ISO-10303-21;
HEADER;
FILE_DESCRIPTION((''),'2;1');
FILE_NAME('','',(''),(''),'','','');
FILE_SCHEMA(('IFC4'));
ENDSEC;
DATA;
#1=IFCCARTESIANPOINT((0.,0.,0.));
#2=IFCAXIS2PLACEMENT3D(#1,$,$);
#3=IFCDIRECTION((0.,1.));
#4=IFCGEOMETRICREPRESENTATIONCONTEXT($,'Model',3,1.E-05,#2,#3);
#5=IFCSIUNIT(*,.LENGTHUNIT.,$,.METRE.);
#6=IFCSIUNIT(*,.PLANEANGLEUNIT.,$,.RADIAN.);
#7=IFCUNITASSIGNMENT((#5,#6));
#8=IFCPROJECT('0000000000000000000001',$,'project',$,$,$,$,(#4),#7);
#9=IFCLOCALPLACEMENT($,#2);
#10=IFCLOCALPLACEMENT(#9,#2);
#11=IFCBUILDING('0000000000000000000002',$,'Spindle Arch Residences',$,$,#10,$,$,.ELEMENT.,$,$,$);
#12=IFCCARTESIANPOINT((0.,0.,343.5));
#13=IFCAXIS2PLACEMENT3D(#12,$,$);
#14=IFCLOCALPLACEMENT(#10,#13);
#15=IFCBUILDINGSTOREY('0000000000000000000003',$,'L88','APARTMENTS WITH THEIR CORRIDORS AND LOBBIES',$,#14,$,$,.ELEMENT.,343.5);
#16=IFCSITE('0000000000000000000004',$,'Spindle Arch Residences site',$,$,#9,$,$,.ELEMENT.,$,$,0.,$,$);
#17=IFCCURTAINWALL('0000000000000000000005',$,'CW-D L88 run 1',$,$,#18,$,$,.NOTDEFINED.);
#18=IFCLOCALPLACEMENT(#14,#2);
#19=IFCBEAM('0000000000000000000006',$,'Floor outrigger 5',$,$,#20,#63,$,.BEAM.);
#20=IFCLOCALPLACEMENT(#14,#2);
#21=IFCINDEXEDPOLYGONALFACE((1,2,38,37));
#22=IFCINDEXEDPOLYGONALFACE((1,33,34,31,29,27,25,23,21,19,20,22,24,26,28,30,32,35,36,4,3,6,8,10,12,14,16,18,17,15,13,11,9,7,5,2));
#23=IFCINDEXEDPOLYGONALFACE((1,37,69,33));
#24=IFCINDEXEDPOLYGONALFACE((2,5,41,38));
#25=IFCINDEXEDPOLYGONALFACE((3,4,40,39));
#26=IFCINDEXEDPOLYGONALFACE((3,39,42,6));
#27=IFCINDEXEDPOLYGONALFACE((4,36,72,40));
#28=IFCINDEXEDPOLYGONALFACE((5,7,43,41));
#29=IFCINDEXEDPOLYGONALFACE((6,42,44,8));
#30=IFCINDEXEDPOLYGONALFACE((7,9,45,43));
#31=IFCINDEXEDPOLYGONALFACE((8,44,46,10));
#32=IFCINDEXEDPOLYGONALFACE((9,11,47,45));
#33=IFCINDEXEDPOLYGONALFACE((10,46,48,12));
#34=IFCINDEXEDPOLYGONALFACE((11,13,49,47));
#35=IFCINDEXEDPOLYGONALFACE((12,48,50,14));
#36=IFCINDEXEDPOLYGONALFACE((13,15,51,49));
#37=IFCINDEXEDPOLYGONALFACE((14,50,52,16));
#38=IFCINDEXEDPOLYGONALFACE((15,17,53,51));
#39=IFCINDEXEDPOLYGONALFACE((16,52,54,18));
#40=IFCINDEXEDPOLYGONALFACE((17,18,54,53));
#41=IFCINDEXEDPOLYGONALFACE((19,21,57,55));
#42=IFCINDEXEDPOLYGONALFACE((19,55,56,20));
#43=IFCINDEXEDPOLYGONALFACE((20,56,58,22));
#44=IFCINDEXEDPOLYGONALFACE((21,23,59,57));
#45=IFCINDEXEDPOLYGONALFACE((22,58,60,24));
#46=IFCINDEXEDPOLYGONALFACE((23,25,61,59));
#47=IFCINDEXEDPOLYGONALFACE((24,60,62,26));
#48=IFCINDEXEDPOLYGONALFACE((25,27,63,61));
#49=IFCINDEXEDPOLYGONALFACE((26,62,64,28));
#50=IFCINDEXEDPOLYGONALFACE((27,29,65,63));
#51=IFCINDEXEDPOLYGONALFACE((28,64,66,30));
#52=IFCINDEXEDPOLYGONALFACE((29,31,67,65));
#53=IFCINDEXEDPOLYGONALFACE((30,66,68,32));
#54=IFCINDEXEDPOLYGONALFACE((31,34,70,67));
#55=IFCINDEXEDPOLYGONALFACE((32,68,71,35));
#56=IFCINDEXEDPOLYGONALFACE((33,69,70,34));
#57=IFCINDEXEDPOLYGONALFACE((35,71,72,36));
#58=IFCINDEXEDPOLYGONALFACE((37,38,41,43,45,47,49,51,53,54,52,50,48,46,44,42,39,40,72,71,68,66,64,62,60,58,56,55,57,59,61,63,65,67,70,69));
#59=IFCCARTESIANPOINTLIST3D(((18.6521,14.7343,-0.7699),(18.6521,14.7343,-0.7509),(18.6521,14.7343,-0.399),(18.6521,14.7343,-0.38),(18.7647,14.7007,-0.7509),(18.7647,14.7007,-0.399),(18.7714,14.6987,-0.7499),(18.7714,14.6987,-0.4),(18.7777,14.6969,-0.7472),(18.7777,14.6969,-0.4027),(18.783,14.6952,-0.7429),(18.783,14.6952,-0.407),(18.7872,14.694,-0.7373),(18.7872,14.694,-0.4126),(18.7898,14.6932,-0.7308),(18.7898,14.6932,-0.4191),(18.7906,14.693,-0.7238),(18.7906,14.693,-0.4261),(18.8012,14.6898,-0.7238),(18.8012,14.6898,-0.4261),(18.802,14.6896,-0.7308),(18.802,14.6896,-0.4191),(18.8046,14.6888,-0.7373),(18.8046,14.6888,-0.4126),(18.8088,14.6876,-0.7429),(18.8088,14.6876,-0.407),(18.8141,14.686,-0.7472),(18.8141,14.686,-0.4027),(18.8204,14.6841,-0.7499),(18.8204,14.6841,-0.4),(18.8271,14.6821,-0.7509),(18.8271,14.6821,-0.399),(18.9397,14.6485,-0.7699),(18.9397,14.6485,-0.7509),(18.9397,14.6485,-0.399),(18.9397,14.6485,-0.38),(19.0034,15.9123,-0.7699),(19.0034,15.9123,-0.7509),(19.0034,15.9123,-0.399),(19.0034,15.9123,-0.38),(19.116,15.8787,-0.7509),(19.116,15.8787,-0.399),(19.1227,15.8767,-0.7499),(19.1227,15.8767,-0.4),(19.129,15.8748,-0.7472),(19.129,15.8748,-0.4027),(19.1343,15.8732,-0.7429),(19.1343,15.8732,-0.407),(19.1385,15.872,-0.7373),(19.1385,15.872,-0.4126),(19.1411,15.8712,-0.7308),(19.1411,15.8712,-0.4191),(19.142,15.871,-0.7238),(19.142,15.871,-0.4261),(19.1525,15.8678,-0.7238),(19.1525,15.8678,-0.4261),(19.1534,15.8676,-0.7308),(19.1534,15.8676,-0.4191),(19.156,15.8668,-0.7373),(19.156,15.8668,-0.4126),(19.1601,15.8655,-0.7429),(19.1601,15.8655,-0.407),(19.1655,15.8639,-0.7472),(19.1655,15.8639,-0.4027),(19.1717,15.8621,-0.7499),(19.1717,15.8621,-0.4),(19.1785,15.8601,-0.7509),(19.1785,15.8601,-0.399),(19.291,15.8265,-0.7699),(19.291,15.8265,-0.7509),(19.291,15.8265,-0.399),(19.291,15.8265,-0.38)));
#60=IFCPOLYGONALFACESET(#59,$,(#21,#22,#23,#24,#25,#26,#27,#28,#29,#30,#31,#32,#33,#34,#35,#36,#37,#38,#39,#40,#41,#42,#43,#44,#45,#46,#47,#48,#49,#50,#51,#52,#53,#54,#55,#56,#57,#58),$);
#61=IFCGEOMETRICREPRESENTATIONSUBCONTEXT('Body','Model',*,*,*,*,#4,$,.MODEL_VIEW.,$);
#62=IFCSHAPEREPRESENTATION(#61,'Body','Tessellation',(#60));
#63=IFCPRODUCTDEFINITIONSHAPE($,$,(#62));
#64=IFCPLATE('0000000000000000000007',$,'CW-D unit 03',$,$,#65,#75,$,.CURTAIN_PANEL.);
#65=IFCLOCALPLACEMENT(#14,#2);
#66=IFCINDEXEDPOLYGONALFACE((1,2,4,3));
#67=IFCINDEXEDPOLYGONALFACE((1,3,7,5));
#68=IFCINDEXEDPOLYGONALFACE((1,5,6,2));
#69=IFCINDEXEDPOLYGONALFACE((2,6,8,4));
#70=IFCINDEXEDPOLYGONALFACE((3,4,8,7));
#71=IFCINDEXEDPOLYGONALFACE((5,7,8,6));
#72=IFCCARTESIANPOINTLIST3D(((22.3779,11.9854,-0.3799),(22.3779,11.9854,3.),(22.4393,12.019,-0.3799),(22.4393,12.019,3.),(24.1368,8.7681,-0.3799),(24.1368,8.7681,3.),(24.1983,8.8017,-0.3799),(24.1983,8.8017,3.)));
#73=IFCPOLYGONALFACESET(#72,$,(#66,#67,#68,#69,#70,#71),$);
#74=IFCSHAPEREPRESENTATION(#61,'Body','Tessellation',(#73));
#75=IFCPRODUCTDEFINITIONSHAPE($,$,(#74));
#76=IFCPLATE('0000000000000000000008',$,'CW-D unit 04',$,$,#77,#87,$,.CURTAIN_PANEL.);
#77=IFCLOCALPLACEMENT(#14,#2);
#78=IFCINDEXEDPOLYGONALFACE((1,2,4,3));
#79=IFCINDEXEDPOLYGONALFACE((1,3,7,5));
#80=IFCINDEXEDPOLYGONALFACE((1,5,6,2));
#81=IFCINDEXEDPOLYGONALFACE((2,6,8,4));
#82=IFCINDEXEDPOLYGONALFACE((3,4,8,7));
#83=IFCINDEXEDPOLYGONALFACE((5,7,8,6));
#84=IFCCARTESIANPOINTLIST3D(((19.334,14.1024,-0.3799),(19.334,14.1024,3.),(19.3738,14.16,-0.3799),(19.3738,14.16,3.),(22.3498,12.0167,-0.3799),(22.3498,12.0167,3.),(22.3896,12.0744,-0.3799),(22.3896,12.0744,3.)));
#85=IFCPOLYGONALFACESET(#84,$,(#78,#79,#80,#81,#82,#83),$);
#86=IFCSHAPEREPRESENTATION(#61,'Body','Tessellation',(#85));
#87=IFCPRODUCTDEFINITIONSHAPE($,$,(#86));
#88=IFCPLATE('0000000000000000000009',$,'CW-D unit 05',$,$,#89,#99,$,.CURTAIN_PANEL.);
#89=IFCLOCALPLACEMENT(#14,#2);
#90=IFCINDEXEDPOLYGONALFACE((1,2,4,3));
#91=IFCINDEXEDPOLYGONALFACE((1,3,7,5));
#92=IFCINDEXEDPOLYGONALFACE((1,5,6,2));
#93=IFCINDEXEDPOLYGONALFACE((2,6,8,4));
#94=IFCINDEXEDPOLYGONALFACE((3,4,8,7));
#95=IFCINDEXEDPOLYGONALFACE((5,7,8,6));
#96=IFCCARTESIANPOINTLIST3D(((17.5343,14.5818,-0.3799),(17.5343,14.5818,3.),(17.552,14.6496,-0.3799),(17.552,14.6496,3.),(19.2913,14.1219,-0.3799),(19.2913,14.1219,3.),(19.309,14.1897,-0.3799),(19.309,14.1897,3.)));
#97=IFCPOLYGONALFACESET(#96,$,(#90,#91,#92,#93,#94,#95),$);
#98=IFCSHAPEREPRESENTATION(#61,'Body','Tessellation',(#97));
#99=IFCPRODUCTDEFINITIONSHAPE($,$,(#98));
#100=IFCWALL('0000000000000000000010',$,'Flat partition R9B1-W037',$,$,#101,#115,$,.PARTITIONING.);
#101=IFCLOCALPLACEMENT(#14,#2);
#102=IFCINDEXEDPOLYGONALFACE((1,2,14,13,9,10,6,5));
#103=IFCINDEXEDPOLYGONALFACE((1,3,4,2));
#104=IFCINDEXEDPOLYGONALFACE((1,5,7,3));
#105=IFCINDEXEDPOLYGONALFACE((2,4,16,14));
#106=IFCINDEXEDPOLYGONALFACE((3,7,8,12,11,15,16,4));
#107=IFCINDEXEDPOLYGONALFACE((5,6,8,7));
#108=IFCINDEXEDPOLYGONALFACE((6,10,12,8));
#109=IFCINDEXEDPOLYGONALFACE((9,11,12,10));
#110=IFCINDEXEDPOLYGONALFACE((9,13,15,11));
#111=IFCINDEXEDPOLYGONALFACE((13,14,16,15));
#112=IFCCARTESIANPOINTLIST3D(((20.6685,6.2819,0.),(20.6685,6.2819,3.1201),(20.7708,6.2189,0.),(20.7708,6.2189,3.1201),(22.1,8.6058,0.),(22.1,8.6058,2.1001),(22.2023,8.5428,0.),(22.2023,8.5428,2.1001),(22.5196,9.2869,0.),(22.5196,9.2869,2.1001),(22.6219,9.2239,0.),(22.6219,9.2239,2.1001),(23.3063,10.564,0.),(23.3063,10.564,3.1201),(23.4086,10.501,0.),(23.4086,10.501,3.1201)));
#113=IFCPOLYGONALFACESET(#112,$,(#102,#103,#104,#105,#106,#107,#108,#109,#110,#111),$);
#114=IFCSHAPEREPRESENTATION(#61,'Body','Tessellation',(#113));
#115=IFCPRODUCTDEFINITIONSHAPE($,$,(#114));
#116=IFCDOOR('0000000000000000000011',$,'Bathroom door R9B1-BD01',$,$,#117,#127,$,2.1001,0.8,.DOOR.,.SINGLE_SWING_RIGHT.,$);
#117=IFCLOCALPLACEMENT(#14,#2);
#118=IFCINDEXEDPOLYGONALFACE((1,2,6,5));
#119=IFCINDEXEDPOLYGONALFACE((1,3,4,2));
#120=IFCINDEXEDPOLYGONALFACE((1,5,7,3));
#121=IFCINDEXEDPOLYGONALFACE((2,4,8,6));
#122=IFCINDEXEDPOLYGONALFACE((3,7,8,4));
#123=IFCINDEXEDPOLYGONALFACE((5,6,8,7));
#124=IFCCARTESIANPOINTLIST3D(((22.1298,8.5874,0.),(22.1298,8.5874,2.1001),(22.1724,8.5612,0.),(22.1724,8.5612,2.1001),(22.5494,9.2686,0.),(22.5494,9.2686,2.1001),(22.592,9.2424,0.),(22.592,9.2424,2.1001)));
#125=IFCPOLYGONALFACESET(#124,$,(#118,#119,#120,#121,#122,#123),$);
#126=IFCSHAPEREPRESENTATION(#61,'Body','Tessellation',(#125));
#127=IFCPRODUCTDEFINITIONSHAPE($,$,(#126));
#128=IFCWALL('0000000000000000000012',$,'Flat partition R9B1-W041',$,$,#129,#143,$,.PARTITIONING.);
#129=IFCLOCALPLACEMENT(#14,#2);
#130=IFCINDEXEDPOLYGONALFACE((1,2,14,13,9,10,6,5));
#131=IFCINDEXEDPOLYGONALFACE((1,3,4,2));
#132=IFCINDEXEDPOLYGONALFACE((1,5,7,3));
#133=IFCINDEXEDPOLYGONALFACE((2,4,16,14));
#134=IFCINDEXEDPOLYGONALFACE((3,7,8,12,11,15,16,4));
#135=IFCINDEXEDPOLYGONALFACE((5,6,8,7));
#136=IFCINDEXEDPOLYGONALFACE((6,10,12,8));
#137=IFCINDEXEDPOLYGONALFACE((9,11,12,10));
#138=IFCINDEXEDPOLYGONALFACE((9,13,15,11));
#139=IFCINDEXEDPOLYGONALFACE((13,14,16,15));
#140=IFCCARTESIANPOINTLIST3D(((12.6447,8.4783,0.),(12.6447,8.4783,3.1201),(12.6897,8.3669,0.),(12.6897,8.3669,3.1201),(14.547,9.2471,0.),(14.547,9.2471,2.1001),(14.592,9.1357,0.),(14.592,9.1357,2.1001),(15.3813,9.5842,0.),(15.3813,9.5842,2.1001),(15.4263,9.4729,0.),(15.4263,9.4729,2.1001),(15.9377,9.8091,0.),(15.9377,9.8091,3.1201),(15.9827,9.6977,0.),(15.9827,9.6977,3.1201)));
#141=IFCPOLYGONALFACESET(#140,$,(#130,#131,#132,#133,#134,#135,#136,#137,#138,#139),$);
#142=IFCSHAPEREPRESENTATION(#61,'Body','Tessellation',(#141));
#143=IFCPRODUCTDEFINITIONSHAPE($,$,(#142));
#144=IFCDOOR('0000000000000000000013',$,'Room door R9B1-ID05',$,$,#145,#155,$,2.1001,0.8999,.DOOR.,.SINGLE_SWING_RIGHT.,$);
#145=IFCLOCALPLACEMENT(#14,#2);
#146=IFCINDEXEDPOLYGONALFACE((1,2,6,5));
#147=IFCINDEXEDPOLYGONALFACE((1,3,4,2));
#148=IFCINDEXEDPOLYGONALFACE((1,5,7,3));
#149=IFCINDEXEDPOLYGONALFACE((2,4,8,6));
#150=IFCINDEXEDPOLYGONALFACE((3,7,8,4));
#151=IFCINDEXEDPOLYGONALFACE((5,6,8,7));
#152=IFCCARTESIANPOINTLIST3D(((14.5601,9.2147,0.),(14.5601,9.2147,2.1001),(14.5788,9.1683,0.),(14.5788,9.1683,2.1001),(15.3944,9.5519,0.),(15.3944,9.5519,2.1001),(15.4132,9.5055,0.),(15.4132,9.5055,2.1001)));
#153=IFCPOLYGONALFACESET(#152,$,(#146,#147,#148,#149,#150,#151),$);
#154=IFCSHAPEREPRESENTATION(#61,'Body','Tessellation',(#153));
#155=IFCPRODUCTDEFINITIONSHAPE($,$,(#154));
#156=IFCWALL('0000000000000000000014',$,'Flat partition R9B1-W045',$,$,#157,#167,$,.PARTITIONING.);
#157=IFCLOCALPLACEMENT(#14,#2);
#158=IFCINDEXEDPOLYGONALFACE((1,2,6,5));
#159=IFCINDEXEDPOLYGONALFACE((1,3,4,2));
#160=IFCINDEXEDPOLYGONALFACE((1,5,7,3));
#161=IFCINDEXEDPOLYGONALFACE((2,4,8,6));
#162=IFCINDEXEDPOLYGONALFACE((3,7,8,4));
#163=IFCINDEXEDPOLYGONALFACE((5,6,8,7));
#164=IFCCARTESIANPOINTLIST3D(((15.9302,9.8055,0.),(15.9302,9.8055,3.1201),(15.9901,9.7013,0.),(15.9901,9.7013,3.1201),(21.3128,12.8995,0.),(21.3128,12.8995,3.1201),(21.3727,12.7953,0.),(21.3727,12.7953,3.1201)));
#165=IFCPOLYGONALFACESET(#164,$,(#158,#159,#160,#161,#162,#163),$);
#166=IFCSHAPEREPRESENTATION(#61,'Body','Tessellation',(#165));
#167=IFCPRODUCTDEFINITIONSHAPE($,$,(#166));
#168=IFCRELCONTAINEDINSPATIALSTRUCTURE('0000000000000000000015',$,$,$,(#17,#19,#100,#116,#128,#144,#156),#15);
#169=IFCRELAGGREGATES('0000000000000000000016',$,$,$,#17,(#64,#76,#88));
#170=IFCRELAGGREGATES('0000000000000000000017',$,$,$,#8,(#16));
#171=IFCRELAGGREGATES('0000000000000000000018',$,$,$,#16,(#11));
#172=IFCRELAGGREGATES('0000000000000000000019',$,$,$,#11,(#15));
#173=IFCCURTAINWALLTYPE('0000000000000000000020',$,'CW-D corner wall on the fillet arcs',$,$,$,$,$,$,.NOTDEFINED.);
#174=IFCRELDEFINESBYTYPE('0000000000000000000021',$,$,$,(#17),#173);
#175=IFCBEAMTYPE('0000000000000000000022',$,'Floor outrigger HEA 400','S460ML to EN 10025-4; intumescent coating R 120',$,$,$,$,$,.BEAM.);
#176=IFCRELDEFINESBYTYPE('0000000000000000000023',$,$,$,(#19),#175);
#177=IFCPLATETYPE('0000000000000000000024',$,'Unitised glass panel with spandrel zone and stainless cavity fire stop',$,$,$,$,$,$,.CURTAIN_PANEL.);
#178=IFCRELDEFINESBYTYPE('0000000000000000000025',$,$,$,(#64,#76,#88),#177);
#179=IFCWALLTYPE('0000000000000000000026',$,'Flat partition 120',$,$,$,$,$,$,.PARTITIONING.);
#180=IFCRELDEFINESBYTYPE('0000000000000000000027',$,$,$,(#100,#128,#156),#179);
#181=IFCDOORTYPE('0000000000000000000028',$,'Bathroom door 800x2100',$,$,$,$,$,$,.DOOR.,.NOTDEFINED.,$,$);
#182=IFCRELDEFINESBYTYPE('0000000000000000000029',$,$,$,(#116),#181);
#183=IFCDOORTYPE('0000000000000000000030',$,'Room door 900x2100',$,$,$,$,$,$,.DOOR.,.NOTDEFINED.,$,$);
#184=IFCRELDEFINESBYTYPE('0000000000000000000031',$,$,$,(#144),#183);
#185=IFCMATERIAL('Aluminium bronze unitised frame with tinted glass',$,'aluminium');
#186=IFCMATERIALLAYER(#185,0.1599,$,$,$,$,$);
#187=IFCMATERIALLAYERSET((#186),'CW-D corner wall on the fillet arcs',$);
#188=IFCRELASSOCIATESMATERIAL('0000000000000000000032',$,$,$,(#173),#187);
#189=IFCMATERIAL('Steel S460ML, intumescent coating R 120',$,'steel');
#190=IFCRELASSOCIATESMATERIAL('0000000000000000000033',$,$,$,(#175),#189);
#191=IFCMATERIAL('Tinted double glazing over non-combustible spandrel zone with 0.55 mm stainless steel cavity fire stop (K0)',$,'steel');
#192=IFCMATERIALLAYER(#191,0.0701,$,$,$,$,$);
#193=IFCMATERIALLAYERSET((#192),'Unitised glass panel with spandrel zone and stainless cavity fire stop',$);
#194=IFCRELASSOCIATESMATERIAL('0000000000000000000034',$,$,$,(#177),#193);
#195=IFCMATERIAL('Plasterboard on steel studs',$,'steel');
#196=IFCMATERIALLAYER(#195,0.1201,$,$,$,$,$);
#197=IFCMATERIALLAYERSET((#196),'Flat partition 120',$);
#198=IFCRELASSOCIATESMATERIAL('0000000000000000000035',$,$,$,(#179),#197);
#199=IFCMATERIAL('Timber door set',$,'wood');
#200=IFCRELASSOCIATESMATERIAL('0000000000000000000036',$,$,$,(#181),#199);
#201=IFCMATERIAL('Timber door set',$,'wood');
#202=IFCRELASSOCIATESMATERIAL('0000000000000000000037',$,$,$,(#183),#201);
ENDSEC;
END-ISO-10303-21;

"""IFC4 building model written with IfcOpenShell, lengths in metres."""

from ifc_helpers import new_model, si_unit, direction, frame, frame_2d, origin, origin_2d, place, context, subcontext, project, spatial, rectangle, i_section, extrude, material, layer, layer_set, material_profile, profile_set, type_object, element, fill, aggregate, save


model = new_model("IFC4")

# Units and contexts
model_context = context("Model", 3, precision=1e-05, world=origin(), true_north=direction((0.0, 1.0)))
body_context = subcontext(model_context, "Body", "Model", "MODEL_VIEW")
ifc_project = project(units=[si_unit("LENGTHUNIT", "METRE"), si_unit("PLANEANGLEUNIT", "RADIAN")], contexts=[model_context])

# Site, building, storey
site_placement = place(None, origin())
site = spatial("IfcSite", under=ifc_project, at=site_placement, Name="Spindle Arch Residences site", CompositionType="ELEMENT", RefElevation=0.0)
building_placement = place(site_placement, origin())
building = spatial("IfcBuilding", under=site, at=building_placement, Name="Spindle Arch Residences", CompositionType="ELEMENT")
storey_placement = place(building_placement, frame((0.0, 0.0, 343.5)))
storey = spatial("IfcBuildingStorey", under=building, at=storey_placement, Name="L88", Description="APARTMENTS WITH THEIR CORRIDORS AND LOBBIES", CompositionType="ELEMENT", Elevation=343.5)

# Curtain wall
ifc_material_1 = material(Name="Aluminium bronze unitised frame with tinted glass", Category="aluminium")
ifc_layer_1 = layer(ifc_material_1, 0.1599)
ifc_layer_set_1 = layer_set([ifc_layer_1], Name="CW-D corner wall on the fillet arcs")
curtain_wall_type = type_object("IfcCurtainWallType", Name="CW-D corner wall on the fillet arcs", PredefinedType="NOTDEFINED", material=ifc_layer_set_1)
curtain_wall_placement = place(storey_placement, origin())
curtain_wall = element("IfcCurtainWall", 1, at=curtain_wall_placement, inside=storey, type_object=curtain_wall_type, Name="CW-D L88 run 1", PredefinedType="NOTDEFINED")

# Beam
ifc_material_2 = material(Name="Steel S460ML, intumescent coating R 120", Category="steel")
ifc_material_profile_1 = material_profile(ifc_material_2, i_section(OverallWidth=0.3, OverallDepth=0.3899, WebThickness=0.011, FlangeThickness=0.019, FilletRadius=0.0271, at=origin_2d()), Name="HEA 400")
ifc_profile_set_1 = profile_set([ifc_material_profile_1], Name="Steel S460ML, intumescent coating R 120")
beam_type_1 = type_object("IfcBeamType", Name="Floor outrigger HEA 400", Description="S460ML to EN 10025-4; intumescent coating R 120", PredefinedType="BEAM", material=ifc_profile_set_1)
beam_1_placement = place(storey_placement, frame((19.1472, 15.8694, -0.575), z_axis=(-0.285799, -0.95829, 0.0), x_axis=(0.95829, -0.285799, 0.0)))
element("IfcBeam", 2, at=beam_1_placement, inside=storey, type_object=beam_type_1, Name="Floor outrigger 5", PredefinedType="BEAM", context=body_context, shape_type="SweptSolid", body=[
    extrude(i_section(OverallWidth=0.3, OverallDepth=0.3899, WebThickness=0.011, FlangeThickness=0.019, FilletRadius=0.0271, at=origin_2d()), origin(), (0.0, 0.0, 1.0), 1.2292),
])

# Plates
ifc_material_3 = material(Name="Tinted double glazing over non-combustible spandrel zone with 0.55 mm stainless steel cavity fire stop (K0)", Category="steel")
ifc_layer_2 = layer(ifc_material_3, 0.0701)
ifc_layer_set_2 = layer_set([ifc_layer_2], Name="Unitised glass panel with spandrel zone and stainless cavity fire stop")
plate_type = type_object("IfcPlateType", Name="Unitised glass panel with spandrel zone and stainless cavity fire stop", PredefinedType="CURTAIN_PANEL", material=ifc_layer_set_2)
plate_1_placement = place(storey_placement, frame((23.2881, 10.3936, -0.3799), z_axis=(0.0, 0.0, 1.0), x_axis=(-0.479713, 0.877425, 0.0)))
plate_1 = element("IfcPlate", 3, at=plate_1_placement, type_object=plate_type, Name="CW-D unit 03", PredefinedType="CURTAIN_PANEL", context=body_context, shape_type="SweptSolid", body=[
    extrude(rectangle(XDim=3.6667, YDim=0.0701, at=origin_2d()), origin(), (0.0, 0.0, 1.0), 3.3799),
])
plate_2_placement = place(storey_placement, frame((20.8618, 13.0884, -0.3799), z_axis=(0.0, 0.0, 1.0), x_axis=(-0.822475, 0.568801, 0.0)))
plate_2 = element("IfcPlate", 4, at=plate_2_placement, type_object=plate_type, Name="CW-D unit 04", PredefinedType="CURTAIN_PANEL", context=body_context, shape_type="SweptSolid", body=[
    extrude(rectangle(XDim=3.6667, YDim=0.0701, at=origin_2d()), origin(), (0.0, 0.0, 1.0), 3.3799),
])
plate_3_placement = place(storey_placement, frame((18.4216, 14.3857, -0.3799), z_axis=(0.0, 0.0, 1.0), x_axis=(-0.967415, 0.253195, 0.0)))
plate_3 = element("IfcPlate", 5, at=plate_3_placement, type_object=plate_type, Name="CW-D unit 05", PredefinedType="CURTAIN_PANEL", context=body_context, shape_type="SweptSolid", body=[
    extrude(rectangle(XDim=1.8162, YDim=0.0701, at=origin_2d()), origin(), (0.0, 0.0, 1.0), 3.3799),
])
aggregate(curtain_wall, [plate_1, plate_2, plate_3])

# Walls, openings, doors
ifc_material_4 = material(Name="Plasterboard on steel studs", Category="steel")
ifc_layer_3 = layer(ifc_material_4, 0.1201)
ifc_layer_set_3 = layer_set([ifc_layer_3], Name="Flat partition 120")
wall_type_1 = type_object("IfcWallType", Name="Flat partition 120", PredefinedType="PARTITIONING", material=ifc_layer_set_3)
wall_1_placement = place(storey_placement, frame((23.3574, 10.5325, 0.0), z_axis=(0.0, 0.0, 1.0), x_axis=(-0.524477, -0.851425, 0.0)))
wall_1 = element("IfcWall", 6, at=wall_1_placement, inside=storey, type_object=wall_type_1, Name="Flat partition R9B1-W037", PredefinedType="PARTITIONING", context=body_context, shape_type="SweptSolid", body=[
    extrude(rectangle(XDim=5.0293, YDim=0.1201, at=frame_2d((2.5146, 0.0))), origin(), (0.0, 0.0, 1.0), 3.1201),
])
opening_1_placement = place(wall_1_placement, frame((1.5, 0.0, 0.0)))
opening_1 = element("IfcOpeningElement", 7, at=opening_1_placement, cuts=wall_1, PredefinedType="OPENING", context=body_context, shape_type="SweptSolid", body=[
    extrude(rectangle(XDim=0.8, YDim=2.1001, at=frame_2d((0.3999, 1.05))), frame((0.0, 0.0701, 0.0), z_axis=(0.0, -1.0, 0.0), x_axis=(1.0, 0.0, 0.0)), (0.0, 0.0, 1.0), 0.1401),
])
ifc_material_5 = material(Name="Timber door set", Category="wood")
door_type_1 = type_object("IfcDoorType", Name="Bathroom door 800x2100", OperationType="NOTDEFINED", PredefinedType="DOOR", material=ifc_material_5)
door_1_placement = place(opening_1_placement, origin())
door_1 = element("IfcDoor", 8, at=door_1_placement, inside=storey, type_object=door_type_1, Name="Bathroom door R9B1-BD01", OperationType="SINGLE_SWING_RIGHT", OverallHeight=2.1001, OverallWidth=0.8, PredefinedType="DOOR", context=body_context, shape_type="SweptSolid", body=[
    extrude(rectangle(XDim=0.8, YDim=2.1001, at=frame_2d((0.3999, 1.05))), frame((0.0, 0.0249, 0.0), z_axis=(0.0, -1.0, 0.0), x_axis=(1.0, 0.0, 0.0)), (0.0, 0.0, 1.0), 0.05),
])
fill(opening_1, door_1)
wall_2_placement = place(storey_placement, frame((15.9602, 9.7534, 0.0), z_axis=(0.0, 0.0, 1.0), x_axis=(-0.927148, -0.374695, 0.0)))
wall_2 = element("IfcWall", 9, at=wall_2_placement, inside=storey, type_object=wall_type_1, Name="Flat partition R9B1-W041", PredefinedType="PARTITIONING", context=body_context, shape_type="SweptSolid", body=[
    extrude(rectangle(XDim=3.5518, YDim=0.1201, at=frame_2d((1.7759, 0.0))), origin(), (0.0, 0.0, 1.0), 3.1201),
])
opening_2_placement = place(wall_2_placement, frame((0.6001, 0.0, 0.0)))
opening_2 = element("IfcOpeningElement", 10, at=opening_2_placement, cuts=wall_2, PredefinedType="OPENING", context=body_context, shape_type="SweptSolid", body=[
    extrude(rectangle(XDim=0.8999, YDim=2.1001, at=frame_2d((0.45, 1.05))), frame((0.0, 0.0701, 0.0), z_axis=(0.0, -1.0, 0.0), x_axis=(1.0, 0.0, 0.0)), (0.0, 0.0, 1.0), 0.1401),
])
ifc_material_6 = material(Name="Timber door set", Category="wood")
door_type_2 = type_object("IfcDoorType", Name="Room door 900x2100", OperationType="NOTDEFINED", PredefinedType="DOOR", material=ifc_material_6)
door_2_placement = place(opening_2_placement, origin())
door_2 = element("IfcDoor", 11, at=door_2_placement, inside=storey, type_object=door_type_2, Name="Room door R9B1-ID05", OperationType="SINGLE_SWING_RIGHT", OverallHeight=2.1001, OverallWidth=0.8999, PredefinedType="DOOR", context=body_context, shape_type="SweptSolid", body=[
    extrude(rectangle(XDim=0.8999, YDim=2.1001, at=frame_2d((0.45, 1.05))), frame((0.0, 0.0249, 0.0), z_axis=(0.0, -1.0, 0.0), x_axis=(1.0, 0.0, 0.0)), (0.0, 0.0, 1.0), 0.05),
])
fill(opening_2, door_2)

# Wall
wall_3_placement = place(storey_placement, frame((21.3428, 12.8474, 0.0), z_axis=(0.0, 0.0, 1.0), x_axis=(-0.866975, -0.498352, 0.0)))
element("IfcWall", 12, at=wall_3_placement, inside=storey, type_object=wall_type_1, Name="Flat partition R9B1-W045", PredefinedType="PARTITIONING", context=body_context, shape_type="SweptSolid", body=[
    extrude(rectangle(XDim=6.2085, YDim=0.1201, at=frame_2d((3.1042, 0.0))), origin(), (0.0, 0.0, 1.0), 3.1201),
])

save(model, "model.ifc")
